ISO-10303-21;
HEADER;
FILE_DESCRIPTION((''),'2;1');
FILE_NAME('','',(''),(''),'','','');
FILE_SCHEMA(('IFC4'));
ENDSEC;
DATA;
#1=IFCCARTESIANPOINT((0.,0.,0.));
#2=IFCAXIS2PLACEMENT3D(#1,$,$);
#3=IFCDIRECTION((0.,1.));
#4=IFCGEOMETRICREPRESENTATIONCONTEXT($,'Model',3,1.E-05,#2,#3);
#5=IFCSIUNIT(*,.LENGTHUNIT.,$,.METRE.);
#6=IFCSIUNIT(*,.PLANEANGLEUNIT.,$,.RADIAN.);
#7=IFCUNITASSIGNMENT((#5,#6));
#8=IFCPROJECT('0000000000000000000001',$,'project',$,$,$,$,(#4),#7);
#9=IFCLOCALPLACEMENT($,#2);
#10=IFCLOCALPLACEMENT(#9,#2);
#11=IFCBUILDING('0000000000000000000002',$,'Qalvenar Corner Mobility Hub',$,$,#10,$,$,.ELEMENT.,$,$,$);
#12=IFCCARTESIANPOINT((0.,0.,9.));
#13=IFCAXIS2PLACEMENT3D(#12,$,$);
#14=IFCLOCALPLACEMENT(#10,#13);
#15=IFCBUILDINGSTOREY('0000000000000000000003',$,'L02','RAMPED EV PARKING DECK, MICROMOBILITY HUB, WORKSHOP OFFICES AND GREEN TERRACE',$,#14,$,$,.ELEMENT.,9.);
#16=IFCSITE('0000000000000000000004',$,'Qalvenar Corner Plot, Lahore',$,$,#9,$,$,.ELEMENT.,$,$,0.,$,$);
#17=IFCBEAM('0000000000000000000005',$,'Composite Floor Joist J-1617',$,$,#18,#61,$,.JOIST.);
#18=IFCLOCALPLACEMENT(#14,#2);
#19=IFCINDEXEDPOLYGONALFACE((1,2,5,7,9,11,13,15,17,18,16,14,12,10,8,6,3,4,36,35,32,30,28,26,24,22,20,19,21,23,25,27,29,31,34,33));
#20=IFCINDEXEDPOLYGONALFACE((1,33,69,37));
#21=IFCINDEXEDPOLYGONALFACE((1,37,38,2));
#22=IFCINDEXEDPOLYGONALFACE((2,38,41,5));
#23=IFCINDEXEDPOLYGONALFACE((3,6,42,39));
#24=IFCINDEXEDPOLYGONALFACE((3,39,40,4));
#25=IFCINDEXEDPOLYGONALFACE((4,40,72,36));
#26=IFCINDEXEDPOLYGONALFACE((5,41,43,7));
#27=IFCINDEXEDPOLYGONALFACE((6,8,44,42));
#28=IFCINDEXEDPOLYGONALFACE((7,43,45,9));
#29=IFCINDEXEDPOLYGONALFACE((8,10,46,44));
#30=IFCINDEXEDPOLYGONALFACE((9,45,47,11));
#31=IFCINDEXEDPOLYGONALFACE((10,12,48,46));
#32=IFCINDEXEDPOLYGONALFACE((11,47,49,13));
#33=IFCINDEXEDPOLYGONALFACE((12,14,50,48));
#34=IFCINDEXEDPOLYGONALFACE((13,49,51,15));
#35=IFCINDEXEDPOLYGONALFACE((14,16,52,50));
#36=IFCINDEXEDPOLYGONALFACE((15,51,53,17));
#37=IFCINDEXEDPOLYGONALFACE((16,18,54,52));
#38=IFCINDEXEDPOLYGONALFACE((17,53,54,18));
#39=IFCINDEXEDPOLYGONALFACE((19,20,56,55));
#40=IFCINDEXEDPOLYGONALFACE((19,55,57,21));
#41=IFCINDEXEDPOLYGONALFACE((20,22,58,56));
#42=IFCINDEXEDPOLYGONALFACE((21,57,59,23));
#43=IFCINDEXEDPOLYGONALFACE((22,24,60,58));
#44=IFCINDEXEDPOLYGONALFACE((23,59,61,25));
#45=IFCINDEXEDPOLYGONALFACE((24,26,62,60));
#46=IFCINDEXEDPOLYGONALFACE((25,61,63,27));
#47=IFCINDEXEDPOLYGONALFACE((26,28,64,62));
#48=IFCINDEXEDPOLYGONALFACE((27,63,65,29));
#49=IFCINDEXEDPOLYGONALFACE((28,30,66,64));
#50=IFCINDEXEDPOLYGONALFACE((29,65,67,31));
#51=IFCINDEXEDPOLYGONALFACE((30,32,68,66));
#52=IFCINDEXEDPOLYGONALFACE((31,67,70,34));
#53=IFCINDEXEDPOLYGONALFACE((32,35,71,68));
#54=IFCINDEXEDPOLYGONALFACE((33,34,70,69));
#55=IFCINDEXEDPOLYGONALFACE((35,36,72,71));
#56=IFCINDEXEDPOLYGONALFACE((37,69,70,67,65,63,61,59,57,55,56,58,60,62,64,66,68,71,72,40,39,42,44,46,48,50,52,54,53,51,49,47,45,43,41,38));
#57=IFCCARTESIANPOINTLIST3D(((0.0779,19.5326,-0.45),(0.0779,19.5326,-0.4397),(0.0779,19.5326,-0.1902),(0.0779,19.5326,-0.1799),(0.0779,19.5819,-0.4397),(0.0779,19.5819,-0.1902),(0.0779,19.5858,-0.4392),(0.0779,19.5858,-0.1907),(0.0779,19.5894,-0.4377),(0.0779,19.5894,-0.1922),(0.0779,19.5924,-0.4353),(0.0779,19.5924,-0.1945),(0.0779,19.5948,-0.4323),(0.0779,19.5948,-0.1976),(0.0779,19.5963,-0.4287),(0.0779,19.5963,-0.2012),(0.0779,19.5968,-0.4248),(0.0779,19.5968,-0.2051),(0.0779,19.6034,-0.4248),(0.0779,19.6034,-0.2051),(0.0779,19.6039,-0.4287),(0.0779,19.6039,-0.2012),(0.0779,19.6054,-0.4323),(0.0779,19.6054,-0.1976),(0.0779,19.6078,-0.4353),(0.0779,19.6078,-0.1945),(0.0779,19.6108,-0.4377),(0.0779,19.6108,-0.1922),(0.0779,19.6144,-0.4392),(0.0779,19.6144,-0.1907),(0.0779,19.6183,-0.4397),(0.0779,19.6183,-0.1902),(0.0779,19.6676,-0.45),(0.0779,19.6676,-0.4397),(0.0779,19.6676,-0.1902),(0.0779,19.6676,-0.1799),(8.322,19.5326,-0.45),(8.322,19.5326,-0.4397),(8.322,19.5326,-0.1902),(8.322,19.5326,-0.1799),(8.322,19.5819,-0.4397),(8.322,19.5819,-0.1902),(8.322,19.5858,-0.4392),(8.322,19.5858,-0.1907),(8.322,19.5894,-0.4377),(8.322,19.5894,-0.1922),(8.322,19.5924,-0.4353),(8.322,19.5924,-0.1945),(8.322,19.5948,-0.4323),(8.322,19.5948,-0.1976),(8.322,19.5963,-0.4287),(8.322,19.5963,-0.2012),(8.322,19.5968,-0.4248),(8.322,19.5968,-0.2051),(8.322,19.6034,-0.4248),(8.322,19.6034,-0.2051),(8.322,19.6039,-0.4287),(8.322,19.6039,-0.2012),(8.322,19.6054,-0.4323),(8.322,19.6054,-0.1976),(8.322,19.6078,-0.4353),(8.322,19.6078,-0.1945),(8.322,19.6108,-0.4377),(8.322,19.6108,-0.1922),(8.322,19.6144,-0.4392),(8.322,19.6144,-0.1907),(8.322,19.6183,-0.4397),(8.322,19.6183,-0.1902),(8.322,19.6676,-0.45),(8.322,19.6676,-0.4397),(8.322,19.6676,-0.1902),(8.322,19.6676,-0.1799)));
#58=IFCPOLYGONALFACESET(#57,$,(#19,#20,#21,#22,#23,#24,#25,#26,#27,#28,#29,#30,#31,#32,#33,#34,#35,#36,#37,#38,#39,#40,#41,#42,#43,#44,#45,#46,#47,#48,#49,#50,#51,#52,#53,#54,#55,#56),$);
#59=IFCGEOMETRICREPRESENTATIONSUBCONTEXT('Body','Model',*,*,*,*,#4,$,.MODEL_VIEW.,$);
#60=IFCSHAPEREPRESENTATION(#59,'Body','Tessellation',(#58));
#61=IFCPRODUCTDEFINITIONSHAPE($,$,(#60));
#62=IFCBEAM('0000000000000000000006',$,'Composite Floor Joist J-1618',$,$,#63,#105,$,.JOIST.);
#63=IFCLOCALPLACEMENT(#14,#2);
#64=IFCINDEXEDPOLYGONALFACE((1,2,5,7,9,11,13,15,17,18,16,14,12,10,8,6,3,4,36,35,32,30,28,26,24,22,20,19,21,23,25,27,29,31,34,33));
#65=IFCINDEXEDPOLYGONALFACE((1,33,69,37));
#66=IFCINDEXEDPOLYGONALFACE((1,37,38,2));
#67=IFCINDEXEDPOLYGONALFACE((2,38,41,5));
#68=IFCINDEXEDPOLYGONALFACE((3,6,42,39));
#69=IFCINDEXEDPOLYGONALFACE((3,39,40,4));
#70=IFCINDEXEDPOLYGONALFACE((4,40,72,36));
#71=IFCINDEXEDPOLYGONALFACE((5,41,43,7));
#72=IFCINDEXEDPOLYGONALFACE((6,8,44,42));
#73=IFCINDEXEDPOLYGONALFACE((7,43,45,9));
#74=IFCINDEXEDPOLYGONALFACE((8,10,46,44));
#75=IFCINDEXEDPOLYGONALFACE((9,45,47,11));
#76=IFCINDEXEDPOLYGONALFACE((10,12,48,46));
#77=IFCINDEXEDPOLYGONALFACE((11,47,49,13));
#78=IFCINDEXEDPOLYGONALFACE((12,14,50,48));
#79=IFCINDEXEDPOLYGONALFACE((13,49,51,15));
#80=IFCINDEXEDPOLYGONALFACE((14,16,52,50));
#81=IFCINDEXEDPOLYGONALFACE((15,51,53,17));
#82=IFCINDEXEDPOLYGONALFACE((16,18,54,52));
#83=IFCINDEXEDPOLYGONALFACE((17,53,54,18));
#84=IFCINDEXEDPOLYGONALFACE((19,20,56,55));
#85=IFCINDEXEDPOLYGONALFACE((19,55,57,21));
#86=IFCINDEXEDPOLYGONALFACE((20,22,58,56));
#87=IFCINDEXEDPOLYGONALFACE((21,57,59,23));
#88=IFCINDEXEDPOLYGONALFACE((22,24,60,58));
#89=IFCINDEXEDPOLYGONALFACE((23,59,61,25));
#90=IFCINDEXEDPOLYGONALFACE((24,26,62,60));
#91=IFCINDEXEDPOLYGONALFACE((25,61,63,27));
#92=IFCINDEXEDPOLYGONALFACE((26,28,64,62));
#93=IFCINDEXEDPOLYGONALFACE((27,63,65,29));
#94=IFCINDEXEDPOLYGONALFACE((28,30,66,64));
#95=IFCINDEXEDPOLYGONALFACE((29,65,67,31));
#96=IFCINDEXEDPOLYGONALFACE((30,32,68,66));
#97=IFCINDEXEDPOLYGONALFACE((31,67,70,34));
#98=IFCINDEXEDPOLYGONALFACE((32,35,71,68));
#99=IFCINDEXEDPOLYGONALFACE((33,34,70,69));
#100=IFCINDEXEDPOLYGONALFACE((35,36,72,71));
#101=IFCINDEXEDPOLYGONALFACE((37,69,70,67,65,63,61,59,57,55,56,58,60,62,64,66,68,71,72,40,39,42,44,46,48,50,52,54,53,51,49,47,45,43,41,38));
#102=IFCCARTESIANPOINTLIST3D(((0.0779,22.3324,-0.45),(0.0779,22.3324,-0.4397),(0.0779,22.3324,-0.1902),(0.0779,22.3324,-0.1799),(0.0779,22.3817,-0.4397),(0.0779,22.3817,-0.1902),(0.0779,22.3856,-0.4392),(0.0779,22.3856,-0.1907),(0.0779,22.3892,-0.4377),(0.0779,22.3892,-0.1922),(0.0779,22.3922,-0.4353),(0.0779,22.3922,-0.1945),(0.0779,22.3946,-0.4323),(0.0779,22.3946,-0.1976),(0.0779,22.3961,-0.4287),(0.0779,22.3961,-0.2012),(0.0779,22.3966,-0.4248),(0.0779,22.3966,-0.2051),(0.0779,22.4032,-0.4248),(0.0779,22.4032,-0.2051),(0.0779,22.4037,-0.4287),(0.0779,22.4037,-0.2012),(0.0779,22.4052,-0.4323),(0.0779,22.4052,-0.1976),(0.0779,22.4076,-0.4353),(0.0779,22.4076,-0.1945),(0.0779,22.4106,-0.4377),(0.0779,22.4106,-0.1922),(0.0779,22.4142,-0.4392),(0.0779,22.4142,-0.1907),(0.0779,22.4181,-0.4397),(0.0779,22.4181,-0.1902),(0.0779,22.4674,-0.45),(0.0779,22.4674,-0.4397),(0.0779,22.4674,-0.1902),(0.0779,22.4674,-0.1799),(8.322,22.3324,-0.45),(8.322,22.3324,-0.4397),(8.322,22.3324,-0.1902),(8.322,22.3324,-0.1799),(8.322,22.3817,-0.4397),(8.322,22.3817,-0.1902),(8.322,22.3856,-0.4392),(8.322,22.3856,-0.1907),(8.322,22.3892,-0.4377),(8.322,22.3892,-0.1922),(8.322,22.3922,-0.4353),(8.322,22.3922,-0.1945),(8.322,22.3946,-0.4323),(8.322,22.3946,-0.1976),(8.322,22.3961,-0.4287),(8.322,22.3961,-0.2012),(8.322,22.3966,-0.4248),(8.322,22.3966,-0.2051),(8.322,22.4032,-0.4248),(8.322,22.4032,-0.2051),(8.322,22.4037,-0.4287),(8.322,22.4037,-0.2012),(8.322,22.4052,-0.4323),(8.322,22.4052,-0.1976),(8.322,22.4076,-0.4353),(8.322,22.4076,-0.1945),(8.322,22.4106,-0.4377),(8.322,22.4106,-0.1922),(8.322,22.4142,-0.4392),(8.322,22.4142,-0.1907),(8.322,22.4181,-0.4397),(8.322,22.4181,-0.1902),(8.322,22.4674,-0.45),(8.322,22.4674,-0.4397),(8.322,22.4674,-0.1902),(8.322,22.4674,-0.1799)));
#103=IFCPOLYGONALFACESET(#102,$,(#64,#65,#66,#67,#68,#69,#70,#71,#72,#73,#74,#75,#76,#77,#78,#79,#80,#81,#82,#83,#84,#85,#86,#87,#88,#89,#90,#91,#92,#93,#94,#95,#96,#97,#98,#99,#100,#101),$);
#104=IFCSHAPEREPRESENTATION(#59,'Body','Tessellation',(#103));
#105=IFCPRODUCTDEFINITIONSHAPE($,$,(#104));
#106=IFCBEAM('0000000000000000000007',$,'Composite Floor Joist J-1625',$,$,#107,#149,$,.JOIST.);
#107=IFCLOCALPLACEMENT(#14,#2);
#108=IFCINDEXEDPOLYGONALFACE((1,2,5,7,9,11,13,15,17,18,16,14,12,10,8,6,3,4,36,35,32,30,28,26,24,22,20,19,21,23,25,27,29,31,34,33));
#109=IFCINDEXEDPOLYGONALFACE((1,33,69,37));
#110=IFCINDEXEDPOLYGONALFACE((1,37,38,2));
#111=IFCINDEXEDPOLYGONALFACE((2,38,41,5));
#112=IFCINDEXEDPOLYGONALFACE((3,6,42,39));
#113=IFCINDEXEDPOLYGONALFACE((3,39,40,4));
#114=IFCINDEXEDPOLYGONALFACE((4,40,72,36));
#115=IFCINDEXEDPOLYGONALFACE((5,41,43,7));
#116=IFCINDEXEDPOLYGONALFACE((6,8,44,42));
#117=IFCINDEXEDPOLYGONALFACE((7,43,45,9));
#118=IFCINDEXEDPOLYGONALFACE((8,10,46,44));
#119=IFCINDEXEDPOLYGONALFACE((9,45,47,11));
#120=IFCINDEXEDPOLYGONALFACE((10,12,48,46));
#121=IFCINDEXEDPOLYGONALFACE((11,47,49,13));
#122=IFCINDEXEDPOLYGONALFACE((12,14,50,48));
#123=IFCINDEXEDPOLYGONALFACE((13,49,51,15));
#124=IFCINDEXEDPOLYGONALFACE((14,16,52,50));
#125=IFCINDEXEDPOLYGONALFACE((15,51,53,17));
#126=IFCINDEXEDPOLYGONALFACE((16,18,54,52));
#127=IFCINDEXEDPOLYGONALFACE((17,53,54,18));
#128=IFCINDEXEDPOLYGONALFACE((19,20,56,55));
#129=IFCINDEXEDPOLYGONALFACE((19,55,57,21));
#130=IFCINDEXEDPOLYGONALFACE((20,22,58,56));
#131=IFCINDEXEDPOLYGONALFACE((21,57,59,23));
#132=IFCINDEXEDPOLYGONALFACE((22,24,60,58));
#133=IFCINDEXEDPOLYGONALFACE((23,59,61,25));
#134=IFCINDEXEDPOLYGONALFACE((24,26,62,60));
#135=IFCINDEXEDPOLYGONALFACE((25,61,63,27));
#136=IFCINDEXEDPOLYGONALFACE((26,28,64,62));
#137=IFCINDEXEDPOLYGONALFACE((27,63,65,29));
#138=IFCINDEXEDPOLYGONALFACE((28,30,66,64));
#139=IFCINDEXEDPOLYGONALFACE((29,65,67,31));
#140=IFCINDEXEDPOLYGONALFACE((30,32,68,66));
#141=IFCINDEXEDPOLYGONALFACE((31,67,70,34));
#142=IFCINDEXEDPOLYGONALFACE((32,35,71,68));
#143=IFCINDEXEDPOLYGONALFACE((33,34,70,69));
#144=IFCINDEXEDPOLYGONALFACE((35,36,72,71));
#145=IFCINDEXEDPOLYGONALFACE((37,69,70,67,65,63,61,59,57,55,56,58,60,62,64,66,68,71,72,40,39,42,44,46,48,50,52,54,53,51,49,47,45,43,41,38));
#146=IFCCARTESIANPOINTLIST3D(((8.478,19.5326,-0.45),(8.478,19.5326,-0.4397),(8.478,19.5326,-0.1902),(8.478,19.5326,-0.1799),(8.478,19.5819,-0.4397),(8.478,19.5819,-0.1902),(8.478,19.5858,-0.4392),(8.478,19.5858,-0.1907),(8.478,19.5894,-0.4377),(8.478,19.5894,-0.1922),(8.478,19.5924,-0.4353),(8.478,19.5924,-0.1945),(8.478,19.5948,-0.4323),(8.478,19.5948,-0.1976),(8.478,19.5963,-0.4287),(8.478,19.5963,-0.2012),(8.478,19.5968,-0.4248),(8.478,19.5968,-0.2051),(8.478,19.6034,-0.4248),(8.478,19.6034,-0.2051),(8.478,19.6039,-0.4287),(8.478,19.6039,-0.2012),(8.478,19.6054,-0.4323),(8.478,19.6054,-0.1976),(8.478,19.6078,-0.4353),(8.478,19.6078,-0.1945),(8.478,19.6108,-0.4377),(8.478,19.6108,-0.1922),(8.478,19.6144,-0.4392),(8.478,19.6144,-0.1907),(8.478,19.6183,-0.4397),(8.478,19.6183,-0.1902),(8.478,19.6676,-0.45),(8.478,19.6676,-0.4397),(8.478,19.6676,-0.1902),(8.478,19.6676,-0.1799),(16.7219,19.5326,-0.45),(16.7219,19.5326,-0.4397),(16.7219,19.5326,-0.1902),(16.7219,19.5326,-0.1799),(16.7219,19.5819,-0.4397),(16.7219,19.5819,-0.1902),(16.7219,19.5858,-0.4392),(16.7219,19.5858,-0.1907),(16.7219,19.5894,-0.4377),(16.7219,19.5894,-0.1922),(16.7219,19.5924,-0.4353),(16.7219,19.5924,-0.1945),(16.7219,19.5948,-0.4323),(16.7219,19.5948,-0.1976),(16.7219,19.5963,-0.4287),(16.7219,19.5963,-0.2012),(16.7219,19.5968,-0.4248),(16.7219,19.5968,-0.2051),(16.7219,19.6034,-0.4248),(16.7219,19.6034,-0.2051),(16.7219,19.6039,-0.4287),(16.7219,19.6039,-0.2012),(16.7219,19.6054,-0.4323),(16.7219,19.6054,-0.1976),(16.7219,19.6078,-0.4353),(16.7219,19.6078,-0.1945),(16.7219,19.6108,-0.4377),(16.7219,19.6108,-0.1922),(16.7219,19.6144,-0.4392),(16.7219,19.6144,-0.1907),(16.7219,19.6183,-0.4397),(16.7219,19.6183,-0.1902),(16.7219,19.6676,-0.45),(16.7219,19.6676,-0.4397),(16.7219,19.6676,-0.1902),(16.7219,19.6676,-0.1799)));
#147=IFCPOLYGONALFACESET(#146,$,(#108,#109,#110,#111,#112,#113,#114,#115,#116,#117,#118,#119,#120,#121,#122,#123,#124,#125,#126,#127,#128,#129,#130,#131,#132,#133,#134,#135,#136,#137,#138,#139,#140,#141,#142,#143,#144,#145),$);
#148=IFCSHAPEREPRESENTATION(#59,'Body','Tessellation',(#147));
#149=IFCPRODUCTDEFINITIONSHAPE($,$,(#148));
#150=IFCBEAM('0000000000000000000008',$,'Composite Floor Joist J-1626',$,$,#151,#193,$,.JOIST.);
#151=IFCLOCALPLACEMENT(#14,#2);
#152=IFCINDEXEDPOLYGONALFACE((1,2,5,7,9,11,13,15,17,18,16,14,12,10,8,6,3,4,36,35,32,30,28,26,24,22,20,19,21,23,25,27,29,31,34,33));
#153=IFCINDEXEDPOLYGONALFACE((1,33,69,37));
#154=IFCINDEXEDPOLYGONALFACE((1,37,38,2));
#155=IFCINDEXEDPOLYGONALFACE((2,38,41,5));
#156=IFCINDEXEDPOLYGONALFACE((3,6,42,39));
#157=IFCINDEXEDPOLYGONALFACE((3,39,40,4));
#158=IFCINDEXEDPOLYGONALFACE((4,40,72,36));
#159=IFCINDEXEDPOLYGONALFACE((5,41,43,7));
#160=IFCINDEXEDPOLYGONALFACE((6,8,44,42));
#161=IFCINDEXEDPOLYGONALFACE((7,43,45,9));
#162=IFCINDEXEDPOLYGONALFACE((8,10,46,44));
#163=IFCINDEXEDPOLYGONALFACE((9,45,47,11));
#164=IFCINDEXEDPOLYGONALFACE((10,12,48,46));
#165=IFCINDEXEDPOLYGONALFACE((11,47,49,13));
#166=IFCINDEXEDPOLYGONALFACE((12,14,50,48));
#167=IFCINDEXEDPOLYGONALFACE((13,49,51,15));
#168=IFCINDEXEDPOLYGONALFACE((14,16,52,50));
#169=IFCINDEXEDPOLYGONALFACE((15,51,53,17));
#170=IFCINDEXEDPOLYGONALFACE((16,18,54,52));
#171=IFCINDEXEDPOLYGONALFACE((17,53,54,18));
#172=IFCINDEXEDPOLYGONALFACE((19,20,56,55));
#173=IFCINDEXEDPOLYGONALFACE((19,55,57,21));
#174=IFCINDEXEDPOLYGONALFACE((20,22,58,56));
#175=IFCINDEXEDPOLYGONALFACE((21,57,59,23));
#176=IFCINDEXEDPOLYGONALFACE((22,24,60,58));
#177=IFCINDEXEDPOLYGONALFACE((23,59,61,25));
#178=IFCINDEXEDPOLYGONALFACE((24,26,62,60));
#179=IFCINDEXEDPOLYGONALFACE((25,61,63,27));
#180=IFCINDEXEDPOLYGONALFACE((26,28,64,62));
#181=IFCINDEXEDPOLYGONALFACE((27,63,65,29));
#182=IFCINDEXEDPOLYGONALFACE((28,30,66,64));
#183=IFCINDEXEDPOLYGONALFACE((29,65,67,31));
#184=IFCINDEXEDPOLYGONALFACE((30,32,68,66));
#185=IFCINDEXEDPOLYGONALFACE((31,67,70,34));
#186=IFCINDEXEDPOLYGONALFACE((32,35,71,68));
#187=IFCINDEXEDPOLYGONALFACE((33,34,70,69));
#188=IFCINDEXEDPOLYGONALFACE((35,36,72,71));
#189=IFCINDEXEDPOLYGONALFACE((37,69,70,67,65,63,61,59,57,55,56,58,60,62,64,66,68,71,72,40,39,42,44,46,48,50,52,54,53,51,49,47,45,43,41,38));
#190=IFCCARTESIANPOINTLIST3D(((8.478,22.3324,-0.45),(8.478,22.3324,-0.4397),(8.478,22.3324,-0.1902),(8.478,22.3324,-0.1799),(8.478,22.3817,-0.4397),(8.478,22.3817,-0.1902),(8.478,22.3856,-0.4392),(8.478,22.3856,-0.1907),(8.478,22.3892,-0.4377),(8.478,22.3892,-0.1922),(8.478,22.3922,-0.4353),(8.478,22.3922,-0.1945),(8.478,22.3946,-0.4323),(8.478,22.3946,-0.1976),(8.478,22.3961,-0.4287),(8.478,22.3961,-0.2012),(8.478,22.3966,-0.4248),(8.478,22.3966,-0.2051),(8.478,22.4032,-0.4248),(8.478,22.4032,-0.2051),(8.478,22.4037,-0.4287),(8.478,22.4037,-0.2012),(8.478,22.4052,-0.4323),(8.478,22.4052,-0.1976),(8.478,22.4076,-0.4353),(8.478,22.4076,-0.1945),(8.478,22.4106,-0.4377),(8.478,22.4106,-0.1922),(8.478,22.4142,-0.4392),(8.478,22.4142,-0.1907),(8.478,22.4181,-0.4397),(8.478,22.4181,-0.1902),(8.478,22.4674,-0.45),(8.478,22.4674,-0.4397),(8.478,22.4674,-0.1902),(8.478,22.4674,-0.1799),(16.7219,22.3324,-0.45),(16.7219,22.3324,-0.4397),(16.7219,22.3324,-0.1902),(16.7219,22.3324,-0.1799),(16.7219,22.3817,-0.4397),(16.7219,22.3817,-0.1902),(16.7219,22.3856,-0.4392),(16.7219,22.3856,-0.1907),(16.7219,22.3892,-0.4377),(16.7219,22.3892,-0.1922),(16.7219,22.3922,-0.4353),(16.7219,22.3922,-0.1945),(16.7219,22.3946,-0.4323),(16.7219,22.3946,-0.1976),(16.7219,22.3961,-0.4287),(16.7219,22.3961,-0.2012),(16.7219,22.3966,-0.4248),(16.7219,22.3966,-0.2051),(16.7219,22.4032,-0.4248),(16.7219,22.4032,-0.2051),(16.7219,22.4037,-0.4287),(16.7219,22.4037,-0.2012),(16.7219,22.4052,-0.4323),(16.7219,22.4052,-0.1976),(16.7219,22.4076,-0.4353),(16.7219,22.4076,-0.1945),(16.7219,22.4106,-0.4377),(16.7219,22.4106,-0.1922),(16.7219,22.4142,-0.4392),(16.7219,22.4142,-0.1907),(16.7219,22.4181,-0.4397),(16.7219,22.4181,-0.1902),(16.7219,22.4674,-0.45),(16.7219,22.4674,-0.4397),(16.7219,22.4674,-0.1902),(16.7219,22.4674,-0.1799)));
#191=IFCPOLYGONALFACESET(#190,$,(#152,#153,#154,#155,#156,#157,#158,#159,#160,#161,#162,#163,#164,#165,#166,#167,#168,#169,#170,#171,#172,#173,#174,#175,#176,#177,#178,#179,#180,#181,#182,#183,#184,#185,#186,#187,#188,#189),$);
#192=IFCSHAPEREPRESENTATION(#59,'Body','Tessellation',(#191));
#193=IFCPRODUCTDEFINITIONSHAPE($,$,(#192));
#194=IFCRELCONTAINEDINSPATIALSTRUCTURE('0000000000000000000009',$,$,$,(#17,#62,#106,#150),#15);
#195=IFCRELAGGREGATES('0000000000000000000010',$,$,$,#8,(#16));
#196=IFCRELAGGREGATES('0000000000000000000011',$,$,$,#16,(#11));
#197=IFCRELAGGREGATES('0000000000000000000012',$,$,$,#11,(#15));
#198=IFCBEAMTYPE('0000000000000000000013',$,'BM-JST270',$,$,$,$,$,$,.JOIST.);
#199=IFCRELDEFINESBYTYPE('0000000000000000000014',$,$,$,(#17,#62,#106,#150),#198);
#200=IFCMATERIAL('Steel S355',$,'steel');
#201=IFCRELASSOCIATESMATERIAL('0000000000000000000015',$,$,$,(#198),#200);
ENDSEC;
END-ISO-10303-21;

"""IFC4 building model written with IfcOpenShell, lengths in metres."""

from ifc_helpers import new_model, si_unit, direction, frame, origin, origin_2d, place, context, subcontext, project, spatial, i_section, extrude, material, material_profile, profile_set, type_object, element, save


model = new_model("IFC4")

# Units and contexts
model_context = context("Model", 3, precision=1e-05, world=origin(), true_north=direction((0.0, 1.0)))
body_context = subcontext(model_context, "Body", "Model", "MODEL_VIEW")
ifc_project = project(units=[si_unit("LENGTHUNIT", "METRE"), si_unit("PLANEANGLEUNIT", "RADIAN")], contexts=[model_context])

# Site, building, storey
site_placement = place(None, origin())
site = spatial("IfcSite", under=ifc_project, at=site_placement, Name="Qalvenar Corner Plot, Lahore", CompositionType="ELEMENT", RefElevation=0.0)
building_placement = place(site_placement, origin())
building = spatial("IfcBuilding", under=site, at=building_placement, Name="Qalvenar Corner Mobility Hub", CompositionType="ELEMENT")
storey_placement = place(building_placement, frame((0.0, 0.0, 9.0)))
storey = spatial("IfcBuildingStorey", under=building, at=storey_placement, Name="L02", Description="RAMPED EV PARKING DECK, MICROMOBILITY HUB, WORKSHOP OFFICES AND GREEN TERRACE", CompositionType="ELEMENT", Elevation=9.0)

# Beams
ifc_material_1 = material(Name="Steel S355", Category="steel")
ifc_material_profile_1 = material_profile(ifc_material_1, i_section(OverallWidth=0.135, OverallDepth=0.27, WebThickness=0.0066, FlangeThickness=0.0103, FilletRadius=0.0149, at=origin_2d()), Name="IPE270")
ifc_profile_set_1 = profile_set([ifc_material_profile_1], Name="Steel S355")
beam_type_1 = type_object("IfcBeamType", Name="BM-JST270", PredefinedType="JOIST", material=ifc_profile_set_1)
for number, where, z_axis, x_axis, name in (
    (1, (0.0779, 19.6001, -0.3149), (1.0, 0.0, 0.0), (0.0, 1.0, 0.0), "Composite Floor Joist J-1617"),
    (2, (0.0779, 22.3999, -0.3149), (1.0, 0.0, 0.0), (0.0, 1.0, 0.0), "Composite Floor Joist J-1618"),
):
    element("IfcBeam", number, at=place(storey_placement, frame(where, z_axis=z_axis, x_axis=x_axis)), inside=storey, type_object=beam_type_1, Name=name, PredefinedType="JOIST", context=body_context, shape_type="SweptSolid", body=[
        extrude(i_section(OverallWidth=0.135, OverallDepth=0.27, WebThickness=0.0066, FlangeThickness=0.0103, FilletRadius=0.0149, at=origin_2d()), origin(), (0.0, 0.0, 1.0), 8.2441),
    ])
for number, where, z_axis, x_axis, name in (
    (3, (8.478, 19.6001, -0.3149), (1.0, 0.0, 0.0), (0.0, 1.0, 0.0), "Composite Floor Joist J-1625"),
    (4, (8.478, 22.3999, -0.3149), (1.0, 0.0, 0.0), (0.0, 1.0, 0.0), "Composite Floor Joist J-1626"),
):
    element("IfcBeam", number, at=place(storey_placement, frame(where, z_axis=z_axis, x_axis=x_axis)), inside=storey, type_object=beam_type_1, Name=name, PredefinedType="JOIST", context=body_context, shape_type="SweptSolid", body=[
        extrude(i_section(OverallWidth=0.135, OverallDepth=0.27, WebThickness=0.0066, FlangeThickness=0.0103, FilletRadius=0.0149, at=origin_2d()), origin(), (0.0, 0.0, 1.0), 8.2439),
    ])

save(model, "model.ifc")
